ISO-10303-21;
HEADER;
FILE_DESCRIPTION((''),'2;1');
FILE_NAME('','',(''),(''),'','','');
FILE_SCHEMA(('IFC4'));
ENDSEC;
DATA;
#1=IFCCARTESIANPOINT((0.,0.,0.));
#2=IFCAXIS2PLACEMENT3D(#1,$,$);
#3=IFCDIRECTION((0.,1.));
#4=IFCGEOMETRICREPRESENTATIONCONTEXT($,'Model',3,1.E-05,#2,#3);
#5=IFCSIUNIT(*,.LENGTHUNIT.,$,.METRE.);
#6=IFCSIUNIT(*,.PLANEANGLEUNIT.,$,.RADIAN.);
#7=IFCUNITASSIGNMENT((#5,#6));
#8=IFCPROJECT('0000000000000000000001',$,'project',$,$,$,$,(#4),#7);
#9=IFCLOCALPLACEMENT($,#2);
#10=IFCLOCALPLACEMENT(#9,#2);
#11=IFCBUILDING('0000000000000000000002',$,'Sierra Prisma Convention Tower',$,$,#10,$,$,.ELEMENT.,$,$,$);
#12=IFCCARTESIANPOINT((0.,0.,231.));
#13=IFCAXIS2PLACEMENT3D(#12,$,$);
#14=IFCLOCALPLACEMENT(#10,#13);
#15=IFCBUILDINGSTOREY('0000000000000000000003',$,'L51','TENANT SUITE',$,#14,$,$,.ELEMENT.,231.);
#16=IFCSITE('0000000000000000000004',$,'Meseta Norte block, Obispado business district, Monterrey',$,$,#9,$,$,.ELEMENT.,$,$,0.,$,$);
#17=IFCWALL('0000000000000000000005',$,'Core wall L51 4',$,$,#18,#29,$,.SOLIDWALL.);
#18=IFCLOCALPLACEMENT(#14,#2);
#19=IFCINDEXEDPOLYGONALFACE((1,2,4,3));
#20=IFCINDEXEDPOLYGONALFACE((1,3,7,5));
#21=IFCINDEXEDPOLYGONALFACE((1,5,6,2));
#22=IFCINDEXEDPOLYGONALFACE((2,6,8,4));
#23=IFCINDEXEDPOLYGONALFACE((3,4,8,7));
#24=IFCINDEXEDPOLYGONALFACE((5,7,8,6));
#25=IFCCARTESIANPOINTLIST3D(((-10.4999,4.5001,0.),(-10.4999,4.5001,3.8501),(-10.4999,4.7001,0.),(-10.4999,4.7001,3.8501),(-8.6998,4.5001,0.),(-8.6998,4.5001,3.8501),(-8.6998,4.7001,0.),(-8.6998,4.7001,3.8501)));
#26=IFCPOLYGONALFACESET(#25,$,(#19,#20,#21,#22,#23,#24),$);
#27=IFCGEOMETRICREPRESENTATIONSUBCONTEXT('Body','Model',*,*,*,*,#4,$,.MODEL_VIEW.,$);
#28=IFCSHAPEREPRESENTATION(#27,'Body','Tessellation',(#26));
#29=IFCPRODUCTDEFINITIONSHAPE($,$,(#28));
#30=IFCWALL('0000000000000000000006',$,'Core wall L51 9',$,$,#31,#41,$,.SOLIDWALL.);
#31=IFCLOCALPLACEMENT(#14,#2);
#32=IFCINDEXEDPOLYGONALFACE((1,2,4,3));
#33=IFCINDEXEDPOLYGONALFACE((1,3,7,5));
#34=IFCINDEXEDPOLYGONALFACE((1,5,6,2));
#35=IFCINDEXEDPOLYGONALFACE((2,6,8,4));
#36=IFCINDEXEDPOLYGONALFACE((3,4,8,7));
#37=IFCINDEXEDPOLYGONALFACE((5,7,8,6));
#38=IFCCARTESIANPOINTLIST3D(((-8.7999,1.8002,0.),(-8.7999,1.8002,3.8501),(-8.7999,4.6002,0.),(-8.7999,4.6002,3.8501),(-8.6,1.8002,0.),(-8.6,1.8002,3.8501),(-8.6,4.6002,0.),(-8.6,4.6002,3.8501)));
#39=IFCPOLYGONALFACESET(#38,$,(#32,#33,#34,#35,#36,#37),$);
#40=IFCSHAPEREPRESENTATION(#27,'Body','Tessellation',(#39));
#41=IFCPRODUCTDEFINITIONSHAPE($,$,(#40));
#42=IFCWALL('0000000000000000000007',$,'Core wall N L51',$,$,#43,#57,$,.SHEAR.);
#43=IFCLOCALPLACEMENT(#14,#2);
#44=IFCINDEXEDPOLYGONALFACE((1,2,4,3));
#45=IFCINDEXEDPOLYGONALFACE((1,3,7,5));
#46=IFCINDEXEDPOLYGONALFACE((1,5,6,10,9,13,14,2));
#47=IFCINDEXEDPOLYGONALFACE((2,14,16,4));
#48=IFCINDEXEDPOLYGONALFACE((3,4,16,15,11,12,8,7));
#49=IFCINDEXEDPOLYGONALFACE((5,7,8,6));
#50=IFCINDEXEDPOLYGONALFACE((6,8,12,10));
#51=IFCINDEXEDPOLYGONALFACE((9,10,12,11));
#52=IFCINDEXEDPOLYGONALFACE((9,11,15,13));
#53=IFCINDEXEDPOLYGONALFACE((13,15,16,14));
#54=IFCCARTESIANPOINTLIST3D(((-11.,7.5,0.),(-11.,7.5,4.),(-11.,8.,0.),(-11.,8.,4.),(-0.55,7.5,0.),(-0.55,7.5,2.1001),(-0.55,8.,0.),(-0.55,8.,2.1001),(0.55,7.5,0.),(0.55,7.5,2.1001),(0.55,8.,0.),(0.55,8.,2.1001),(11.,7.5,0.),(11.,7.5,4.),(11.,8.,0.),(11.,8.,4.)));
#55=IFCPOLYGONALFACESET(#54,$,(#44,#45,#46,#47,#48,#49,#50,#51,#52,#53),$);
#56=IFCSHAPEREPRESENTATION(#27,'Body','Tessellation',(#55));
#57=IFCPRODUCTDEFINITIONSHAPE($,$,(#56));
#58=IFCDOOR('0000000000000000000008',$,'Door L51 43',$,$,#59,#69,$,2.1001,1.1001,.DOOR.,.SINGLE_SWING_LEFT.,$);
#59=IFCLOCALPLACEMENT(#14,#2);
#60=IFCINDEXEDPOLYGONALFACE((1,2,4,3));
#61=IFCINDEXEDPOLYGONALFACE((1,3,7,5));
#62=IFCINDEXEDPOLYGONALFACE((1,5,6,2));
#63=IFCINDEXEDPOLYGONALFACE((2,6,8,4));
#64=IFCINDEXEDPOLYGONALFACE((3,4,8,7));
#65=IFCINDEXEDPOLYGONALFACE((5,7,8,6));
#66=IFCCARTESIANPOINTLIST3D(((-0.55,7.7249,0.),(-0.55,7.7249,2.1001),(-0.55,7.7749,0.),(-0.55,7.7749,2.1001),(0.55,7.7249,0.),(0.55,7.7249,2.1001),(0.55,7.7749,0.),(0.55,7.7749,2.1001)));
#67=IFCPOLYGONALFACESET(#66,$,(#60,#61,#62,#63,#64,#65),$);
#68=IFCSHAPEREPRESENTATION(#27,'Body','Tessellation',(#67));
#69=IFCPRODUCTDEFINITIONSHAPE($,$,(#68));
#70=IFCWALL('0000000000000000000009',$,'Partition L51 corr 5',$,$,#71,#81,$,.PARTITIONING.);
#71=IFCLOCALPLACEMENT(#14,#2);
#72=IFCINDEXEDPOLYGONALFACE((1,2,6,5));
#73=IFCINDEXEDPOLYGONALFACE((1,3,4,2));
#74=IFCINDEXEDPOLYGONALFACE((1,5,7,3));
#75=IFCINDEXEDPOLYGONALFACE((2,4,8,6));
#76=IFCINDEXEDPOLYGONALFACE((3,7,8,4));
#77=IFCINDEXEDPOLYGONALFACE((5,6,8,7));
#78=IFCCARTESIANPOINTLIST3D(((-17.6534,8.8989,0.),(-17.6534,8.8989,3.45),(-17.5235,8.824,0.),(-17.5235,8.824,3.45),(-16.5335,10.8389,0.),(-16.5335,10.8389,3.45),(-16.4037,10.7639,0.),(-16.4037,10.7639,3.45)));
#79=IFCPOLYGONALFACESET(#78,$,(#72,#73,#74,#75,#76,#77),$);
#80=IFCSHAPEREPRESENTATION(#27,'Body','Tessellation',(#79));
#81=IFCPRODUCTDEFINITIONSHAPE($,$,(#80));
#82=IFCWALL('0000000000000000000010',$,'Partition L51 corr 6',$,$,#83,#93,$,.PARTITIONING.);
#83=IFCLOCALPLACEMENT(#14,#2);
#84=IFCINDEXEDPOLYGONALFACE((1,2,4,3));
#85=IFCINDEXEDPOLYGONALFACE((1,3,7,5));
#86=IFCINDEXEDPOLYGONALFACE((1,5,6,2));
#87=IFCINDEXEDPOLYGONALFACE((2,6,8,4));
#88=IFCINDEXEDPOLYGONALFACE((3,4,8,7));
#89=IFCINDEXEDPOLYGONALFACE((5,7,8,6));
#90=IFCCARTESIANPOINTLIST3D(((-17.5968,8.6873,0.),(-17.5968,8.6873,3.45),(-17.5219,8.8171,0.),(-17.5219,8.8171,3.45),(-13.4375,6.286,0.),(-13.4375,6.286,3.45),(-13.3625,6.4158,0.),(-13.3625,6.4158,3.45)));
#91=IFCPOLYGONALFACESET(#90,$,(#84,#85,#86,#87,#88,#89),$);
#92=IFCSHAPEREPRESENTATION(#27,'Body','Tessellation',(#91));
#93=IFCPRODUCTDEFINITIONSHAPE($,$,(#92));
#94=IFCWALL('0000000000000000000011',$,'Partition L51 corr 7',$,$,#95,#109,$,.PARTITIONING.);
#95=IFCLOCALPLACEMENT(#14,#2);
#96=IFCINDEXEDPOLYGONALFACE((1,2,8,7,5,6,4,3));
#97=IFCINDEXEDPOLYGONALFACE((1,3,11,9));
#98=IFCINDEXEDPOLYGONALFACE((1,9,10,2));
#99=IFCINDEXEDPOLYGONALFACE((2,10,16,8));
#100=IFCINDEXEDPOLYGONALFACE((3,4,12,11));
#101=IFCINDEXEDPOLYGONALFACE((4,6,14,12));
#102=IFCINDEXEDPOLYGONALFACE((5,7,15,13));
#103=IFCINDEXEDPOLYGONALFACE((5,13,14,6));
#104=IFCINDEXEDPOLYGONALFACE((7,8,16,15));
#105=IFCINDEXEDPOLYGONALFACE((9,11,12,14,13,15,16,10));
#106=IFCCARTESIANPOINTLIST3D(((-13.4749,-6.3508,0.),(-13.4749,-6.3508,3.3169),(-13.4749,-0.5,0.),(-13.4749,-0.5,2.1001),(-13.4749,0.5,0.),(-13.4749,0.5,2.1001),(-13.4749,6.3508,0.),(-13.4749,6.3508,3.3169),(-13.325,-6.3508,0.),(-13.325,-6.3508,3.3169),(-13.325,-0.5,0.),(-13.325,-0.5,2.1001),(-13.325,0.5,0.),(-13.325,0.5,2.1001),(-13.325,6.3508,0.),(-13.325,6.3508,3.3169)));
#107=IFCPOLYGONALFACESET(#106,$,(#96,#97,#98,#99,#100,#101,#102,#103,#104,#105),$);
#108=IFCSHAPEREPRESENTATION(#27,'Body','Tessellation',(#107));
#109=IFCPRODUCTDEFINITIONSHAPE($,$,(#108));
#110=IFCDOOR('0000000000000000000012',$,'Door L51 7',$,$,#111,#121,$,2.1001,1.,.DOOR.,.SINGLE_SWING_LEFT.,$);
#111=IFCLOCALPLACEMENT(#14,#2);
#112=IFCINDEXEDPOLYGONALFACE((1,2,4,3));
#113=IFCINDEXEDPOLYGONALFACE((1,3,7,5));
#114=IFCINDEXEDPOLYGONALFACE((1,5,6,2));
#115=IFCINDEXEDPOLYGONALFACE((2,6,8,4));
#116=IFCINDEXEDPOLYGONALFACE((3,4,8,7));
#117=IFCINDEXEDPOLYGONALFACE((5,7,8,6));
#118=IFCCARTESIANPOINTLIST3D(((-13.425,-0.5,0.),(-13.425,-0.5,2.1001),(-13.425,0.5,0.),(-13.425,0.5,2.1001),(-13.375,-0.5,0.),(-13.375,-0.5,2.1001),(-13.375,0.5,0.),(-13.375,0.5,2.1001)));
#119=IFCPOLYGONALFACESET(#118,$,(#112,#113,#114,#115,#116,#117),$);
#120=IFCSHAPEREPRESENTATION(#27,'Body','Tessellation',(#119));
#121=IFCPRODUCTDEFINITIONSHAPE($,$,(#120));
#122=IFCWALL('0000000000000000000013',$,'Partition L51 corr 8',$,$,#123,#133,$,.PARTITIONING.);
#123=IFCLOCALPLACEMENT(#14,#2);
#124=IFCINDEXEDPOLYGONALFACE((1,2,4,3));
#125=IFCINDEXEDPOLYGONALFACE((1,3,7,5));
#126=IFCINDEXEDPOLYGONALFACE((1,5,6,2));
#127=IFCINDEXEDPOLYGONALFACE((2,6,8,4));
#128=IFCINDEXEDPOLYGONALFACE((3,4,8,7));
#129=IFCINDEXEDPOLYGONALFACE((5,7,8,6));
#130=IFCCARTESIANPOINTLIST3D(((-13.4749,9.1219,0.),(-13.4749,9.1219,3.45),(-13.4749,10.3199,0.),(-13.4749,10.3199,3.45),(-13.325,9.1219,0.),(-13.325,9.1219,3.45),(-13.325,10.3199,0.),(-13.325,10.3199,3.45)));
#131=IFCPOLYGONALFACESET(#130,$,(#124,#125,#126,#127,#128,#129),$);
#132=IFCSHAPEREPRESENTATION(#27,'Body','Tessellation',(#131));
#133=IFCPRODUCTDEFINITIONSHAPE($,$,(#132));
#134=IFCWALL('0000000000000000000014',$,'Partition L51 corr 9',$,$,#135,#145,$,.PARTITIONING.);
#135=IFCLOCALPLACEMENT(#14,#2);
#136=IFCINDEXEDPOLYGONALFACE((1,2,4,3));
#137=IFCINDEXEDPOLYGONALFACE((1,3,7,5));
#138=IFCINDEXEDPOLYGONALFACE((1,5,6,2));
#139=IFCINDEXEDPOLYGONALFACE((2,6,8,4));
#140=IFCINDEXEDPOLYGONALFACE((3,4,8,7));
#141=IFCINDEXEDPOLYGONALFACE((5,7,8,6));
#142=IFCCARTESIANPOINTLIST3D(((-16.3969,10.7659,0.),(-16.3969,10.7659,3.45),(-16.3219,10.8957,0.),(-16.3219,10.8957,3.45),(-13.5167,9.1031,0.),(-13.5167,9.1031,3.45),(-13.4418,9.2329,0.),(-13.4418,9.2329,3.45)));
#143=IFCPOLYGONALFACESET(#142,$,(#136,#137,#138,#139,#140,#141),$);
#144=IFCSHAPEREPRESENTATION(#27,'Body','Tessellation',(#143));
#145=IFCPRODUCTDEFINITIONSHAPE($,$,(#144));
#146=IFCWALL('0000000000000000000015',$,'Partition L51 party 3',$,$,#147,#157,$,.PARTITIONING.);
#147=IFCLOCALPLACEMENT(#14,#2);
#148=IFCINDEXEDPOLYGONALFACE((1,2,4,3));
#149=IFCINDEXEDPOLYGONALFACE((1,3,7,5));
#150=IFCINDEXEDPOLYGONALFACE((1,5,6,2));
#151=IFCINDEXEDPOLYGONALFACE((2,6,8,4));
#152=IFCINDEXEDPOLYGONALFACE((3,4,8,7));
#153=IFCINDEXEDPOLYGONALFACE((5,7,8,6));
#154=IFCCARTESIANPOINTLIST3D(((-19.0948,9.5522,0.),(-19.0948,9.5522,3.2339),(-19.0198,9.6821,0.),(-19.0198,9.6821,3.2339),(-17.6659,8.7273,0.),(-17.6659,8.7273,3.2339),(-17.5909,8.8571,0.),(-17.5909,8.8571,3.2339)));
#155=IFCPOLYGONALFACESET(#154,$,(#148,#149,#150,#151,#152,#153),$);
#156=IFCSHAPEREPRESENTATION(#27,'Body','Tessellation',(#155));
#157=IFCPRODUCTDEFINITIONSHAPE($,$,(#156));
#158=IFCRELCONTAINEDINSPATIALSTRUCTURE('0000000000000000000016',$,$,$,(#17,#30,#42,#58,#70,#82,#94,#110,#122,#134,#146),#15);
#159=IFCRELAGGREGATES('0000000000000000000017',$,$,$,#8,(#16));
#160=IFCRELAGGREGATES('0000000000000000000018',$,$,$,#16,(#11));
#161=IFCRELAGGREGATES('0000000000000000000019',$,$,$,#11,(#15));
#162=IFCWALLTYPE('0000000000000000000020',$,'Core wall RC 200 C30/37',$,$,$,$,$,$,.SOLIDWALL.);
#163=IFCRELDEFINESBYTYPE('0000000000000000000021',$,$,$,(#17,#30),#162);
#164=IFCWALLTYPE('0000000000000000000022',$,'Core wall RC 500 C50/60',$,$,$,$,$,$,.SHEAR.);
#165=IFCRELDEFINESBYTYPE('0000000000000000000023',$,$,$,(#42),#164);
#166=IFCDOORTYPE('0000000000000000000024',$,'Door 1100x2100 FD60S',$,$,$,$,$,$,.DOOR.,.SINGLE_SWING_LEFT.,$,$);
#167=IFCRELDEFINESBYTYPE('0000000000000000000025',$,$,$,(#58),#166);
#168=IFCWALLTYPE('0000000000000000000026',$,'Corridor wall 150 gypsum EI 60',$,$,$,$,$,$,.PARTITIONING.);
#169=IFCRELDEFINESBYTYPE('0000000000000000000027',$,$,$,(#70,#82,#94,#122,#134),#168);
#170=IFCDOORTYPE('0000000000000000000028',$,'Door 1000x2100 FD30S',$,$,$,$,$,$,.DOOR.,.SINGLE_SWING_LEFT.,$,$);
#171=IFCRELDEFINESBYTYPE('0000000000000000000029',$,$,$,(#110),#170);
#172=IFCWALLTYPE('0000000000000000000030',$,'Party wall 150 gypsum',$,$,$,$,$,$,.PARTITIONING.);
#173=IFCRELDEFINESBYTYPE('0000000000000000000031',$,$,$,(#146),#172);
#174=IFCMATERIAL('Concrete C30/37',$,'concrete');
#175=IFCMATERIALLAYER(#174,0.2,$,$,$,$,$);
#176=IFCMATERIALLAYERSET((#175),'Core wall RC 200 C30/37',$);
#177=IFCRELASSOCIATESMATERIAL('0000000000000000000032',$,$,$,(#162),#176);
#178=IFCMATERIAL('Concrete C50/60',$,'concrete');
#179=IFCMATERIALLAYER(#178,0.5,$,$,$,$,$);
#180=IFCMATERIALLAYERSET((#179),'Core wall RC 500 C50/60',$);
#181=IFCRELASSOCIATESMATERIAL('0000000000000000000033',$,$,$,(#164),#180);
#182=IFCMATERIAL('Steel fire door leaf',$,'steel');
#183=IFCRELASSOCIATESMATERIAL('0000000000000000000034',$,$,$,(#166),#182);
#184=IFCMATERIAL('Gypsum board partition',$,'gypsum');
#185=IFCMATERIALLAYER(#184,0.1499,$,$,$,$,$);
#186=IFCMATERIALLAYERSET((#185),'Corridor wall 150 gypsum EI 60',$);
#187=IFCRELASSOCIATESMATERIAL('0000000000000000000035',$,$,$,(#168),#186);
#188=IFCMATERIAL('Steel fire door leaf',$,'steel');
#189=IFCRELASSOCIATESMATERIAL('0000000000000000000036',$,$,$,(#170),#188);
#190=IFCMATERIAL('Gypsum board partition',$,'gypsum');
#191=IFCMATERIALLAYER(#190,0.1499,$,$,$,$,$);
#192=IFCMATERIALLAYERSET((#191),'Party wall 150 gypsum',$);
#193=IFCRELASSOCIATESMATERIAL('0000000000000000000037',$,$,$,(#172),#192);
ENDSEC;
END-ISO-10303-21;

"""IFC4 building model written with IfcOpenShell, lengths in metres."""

from ifc_helpers import new_model, si_unit, direction, frame, frame_2d, origin, place, context, subcontext, project, spatial, rectangle, extrude, material, layer, layer_set, type_object, element, fill, save


model = new_model("IFC4")

# Units and contexts
model_context = context("Model", 3, precision=1e-05, world=origin(), true_north=direction((0.0, 1.0)))
body_context = subcontext(model_context, "Body", "Model", "MODEL_VIEW")
ifc_project = project(units=[si_unit("LENGTHUNIT", "METRE"), si_unit("PLANEANGLEUNIT", "RADIAN")], contexts=[model_context])

# Site, building, storey
site_placement = place(None, origin())
site = spatial("IfcSite", under=ifc_project, at=site_placement, Name="Meseta Norte block, Obispado business district, Monterrey", CompositionType="ELEMENT", RefElevation=0.0)
building_placement = place(site_placement, origin())
building = spatial("IfcBuilding", under=site, at=building_placement, Name="Sierra Prisma Convention Tower", CompositionType="ELEMENT")
storey_placement = place(building_placement, frame((0.0, 0.0, 231.0)))
storey = spatial("IfcBuildingStorey", under=building, at=storey_placement, Name="L51", Description="TENANT SUITE", CompositionType="ELEMENT", Elevation=231.0)

# Shared definitions
ifc_material_1 = material(Name="Concrete C30/37", Category="concrete")
ifc_layer_1 = layer(ifc_material_1, 0.2)
ifc_layer_set_1 = layer_set([ifc_layer_1], Name="Core wall RC 200 C30/37")
wall_type_1 = type_object("IfcWallType", Name="Core wall RC 200 C30/37", PredefinedType="SOLIDWALL", material=ifc_layer_set_1)

# Wall
wall_1_placement = place(storey_placement, frame((-8.7, 4.6001, 0.0), z_axis=(0.0, 0.0, 1.0), x_axis=(-1.0, 0.0, 0.0)))
element("IfcWall", 1, at=wall_1_placement, inside=storey, type_object=wall_type_1, Name="Core wall L51 4", PredefinedType="SOLIDWALL", context=body_context, shape_type="SweptSolid", body=[
    extrude(rectangle(XDim=1.8, YDim=0.2, at=frame_2d((0.8999, 0.0))), origin(), (0.0, 0.0, 1.0), 3.8501),
])

# Wall
wall_2_placement = place(storey_placement, frame((-8.7, 4.6001, 0.0), z_axis=(0.0, 0.0, 1.0), x_axis=(0.0, -1.0, 0.0)))
element("IfcWall", 2, at=wall_2_placement, inside=storey, type_object=wall_type_1, Name="Core wall L51 9", PredefinedType="SOLIDWALL", context=body_context, shape_type="SweptSolid", body=[
    extrude(rectangle(XDim=2.8, YDim=0.2, at=frame_2d((1.3999, 0.0))), origin(), (0.0, 0.0, 1.0), 3.8501),
])

# Wall, opening, door
ifc_material_2 = material(Name="Concrete C50/60", Category="concrete")
ifc_layer_2 = layer(ifc_material_2, 0.5)
ifc_layer_set_2 = layer_set([ifc_layer_2], Name="Core wall RC 500 C50/60")
wall_type_2 = type_object("IfcWallType", Name="Core wall RC 500 C50/60", PredefinedType="SHEAR", material=ifc_layer_set_2)
wall_3_placement = place(storey_placement, frame((-11.0, 7.75, 0.0), z_axis=(0.0, 0.0, 1.0), x_axis=(1.0, 0.0, 0.0)))
wall_3 = element("IfcWall", 3, at=wall_3_placement, inside=storey, type_object=wall_type_2, Name="Core wall N L51", PredefinedType="SHEAR", context=body_context, shape_type="SweptSolid", body=[
    extrude(rectangle(XDim=22.0, YDim=0.5, at=frame_2d((11.0, 0.0))), origin(), (0.0, 0.0, 1.0), 4.0),
])
opening_1_placement = place(wall_3_placement, frame((10.45, 0.0, 0.0)))
opening_1 = element("IfcOpeningElement", 4, at=opening_1_placement, cuts=wall_3, PredefinedType="OPENING", context=body_context, shape_type="SweptSolid", body=[
    extrude(rectangle(XDim=1.1001, YDim=2.1001, at=frame_2d((0.55, 1.05))), frame((0.0, 0.25, 0.0), z_axis=(0.0, -1.0, 0.0), x_axis=(1.0, 0.0, 0.0)), (0.0, 0.0, 1.0), 0.5),
])
ifc_material_3 = material(Name="Steel fire door leaf", Category="steel")
door_type_1 = type_object("IfcDoorType", Name="Door 1100x2100 FD60S", OperationType="SINGLE_SWING_LEFT", PredefinedType="DOOR", material=ifc_material_3)
door_1_placement = place(opening_1_placement, origin())
door_1 = element("IfcDoor", 5, at=door_1_placement, inside=storey, type_object=door_type_1, Name="Door L51 43", OperationType="SINGLE_SWING_LEFT", OverallHeight=2.1001, OverallWidth=1.1001, PredefinedType="DOOR", context=body_context, shape_type="SweptSolid", body=[
    extrude(rectangle(XDim=1.1001, YDim=2.1001, at=frame_2d((0.55, 1.05))), frame((0.0, 0.0249, 0.0), z_axis=(0.0, -1.0, 0.0), x_axis=(1.0, 0.0, 0.0)), (0.0, 0.0, 1.0), 0.05),
])
fill(opening_1, door_1)

# Walls
ifc_material_4 = material(Name="Gypsum board partition", Category="gypsum")
ifc_layer_3 = layer(ifc_material_4, 0.1499)
ifc_layer_set_3 = layer_set([ifc_layer_3], Name="Corridor wall 150 gypsum EI 60")
wall_type_3 = type_object("IfcWallType", Name="Corridor wall 150 gypsum EI 60", PredefinedType="PARTITIONING", material=ifc_layer_set_3)
wall_4_placement = place(storey_placement, frame((-16.4685, 10.8015, 0.0), z_axis=(0.0, 0.0, 1.0), x_axis=(-0.499949, -0.866055, 0.0)))
element("IfcWall", 6, at=wall_4_placement, inside=storey, type_object=wall_type_3, Name="Partition L51 corr 5", PredefinedType="PARTITIONING", context=body_context, shape_type="SweptSolid", body=[
    extrude(rectangle(XDim=2.24, YDim=0.1499, at=frame_2d((1.1201, 0.0))), origin(), (0.0, 0.0, 1.0), 3.45),
])
wall_5_placement = place(storey_placement, frame((-17.5593, 8.7522, 0.0), z_axis=(0.0, 0.0, 1.0), x_axis=(0.866032, -0.499988, 0.0)))
element("IfcWall", 7, at=wall_5_placement, inside=storey, type_object=wall_type_3, Name="Partition L51 corr 6", PredefinedType="PARTITIONING", context=body_context, shape_type="SweptSolid", body=[
    extrude(rectangle(XDim=4.8027, YDim=0.1499, at=frame_2d((2.4014, 0.0))), origin(), (0.0, 0.0, 1.0), 3.45),
])

# Wall, opening, door
wall_6_placement = place(storey_placement, frame((-13.3999, 6.3508, 0.0), z_axis=(0.0, 0.0, 1.0), x_axis=(0.0, -1.0, 0.0)))
wall_6 = element("IfcWall", 8, at=wall_6_placement, inside=storey, type_object=wall_type_3, Name="Partition L51 corr 7", PredefinedType="PARTITIONING", context=body_context, shape_type="SweptSolid", body=[
    extrude(rectangle(XDim=12.7017, YDim=0.1499, at=frame_2d((6.3508, 0.0))), origin(), (0.0, 0.0, 1.0), 3.3169),
])
opening_2_placement = place(wall_6_placement, frame((5.8508, 0.0, 0.0)))
opening_2 = element("IfcOpeningElement", 9, at=opening_2_placement, cuts=wall_6, PredefinedType="OPENING", context=body_context, shape_type="SweptSolid", body=[
    extrude(rectangle(XDim=1.0, YDim=2.1001, at=frame_2d((0.5, 1.05))), frame((0.0, 0.075, 0.0), z_axis=(0.0, -1.0, 0.0), x_axis=(1.0, 0.0, 0.0)), (0.0, 0.0, 1.0), 0.1499),
])
ifc_material_5 = material(Name="Steel fire door leaf", Category="steel")
door_type_2 = type_object("IfcDoorType", Name="Door 1000x2100 FD30S", OperationType="SINGLE_SWING_LEFT", PredefinedType="DOOR", material=ifc_material_5)
door_2_placement = place(opening_2_placement, origin())
door_2 = element("IfcDoor", 10, at=door_2_placement, inside=storey, type_object=door_type_2, Name="Door L51 7", OperationType="SINGLE_SWING_LEFT", OverallHeight=2.1001, OverallWidth=1.0, PredefinedType="DOOR", context=body_context, shape_type="SweptSolid", body=[
    extrude(rectangle(XDim=1.0, YDim=2.1001, at=frame_2d((0.5, 1.05))), frame((0.0, 0.0249, 0.0), z_axis=(0.0, -1.0, 0.0), x_axis=(1.0, 0.0, 0.0)), (0.0, 0.0, 1.0), 0.05),
])
fill(opening_2, door_2)

# Walls
wall_7_placement = place(storey_placement, frame((-13.3999, 10.3201, 0.0), z_axis=(0.0, 0.0, 1.0), x_axis=(0.0, -1.0, 0.0)))
element("IfcWall", 11, at=wall_7_placement, inside=storey, type_object=wall_type_3, Name="Partition L51 corr 8", PredefinedType="PARTITIONING", context=body_context, shape_type="SweptSolid", body=[
    extrude(rectangle(XDim=1.198, YDim=0.1499, at=frame_2d((0.5991, 0.0))), origin(), (0.0, 0.0, 1.0), 3.45),
])
wall_8_placement = place(storey_placement, frame((-13.4792, 9.168, 0.0), z_axis=(0.0, 0.0, 1.0), x_axis=(-0.866025, 0.5, 0.0)))
element("IfcWall", 12, at=wall_8_placement, inside=storey, type_object=wall_type_3, Name="Partition L51 corr 9", PredefinedType="PARTITIONING", context=body_context, shape_type="SweptSolid", body=[
    extrude(rectangle(XDim=3.3257, YDim=0.1499, at=frame_2d((1.6628, 0.0))), origin(), (0.0, 0.0, 1.0), 3.45),
])
ifc_material_6 = material(Name="Gypsum board partition", Category="gypsum")
ifc_layer_4 = layer(ifc_material_6, 0.1499)
ifc_layer_set_4 = layer_set([ifc_layer_4], Name="Party wall 150 gypsum")
wall_type_4 = type_object("IfcWallType", Name="Party wall 150 gypsum", PredefinedType="PARTITIONING", material=ifc_layer_set_4)
wall_9_placement = place(storey_placement, frame((-17.6284, 8.7922, 0.0), z_axis=(0.0, 0.0, 1.0), x_axis=(-0.86604, 0.499974, 0.0)))
element("IfcWall", 13, at=wall_9_placement, inside=storey, type_object=wall_type_4, Name="Partition L51 party 3", PredefinedType="PARTITIONING", context=body_context, shape_type="SweptSolid", body=[
    extrude(rectangle(XDim=1.6499, YDim=0.1499, at=frame_2d((0.825, 0.0))), origin(), (0.0, 0.0, 1.0), 3.2339),
])

save(model, "model.ifc")
